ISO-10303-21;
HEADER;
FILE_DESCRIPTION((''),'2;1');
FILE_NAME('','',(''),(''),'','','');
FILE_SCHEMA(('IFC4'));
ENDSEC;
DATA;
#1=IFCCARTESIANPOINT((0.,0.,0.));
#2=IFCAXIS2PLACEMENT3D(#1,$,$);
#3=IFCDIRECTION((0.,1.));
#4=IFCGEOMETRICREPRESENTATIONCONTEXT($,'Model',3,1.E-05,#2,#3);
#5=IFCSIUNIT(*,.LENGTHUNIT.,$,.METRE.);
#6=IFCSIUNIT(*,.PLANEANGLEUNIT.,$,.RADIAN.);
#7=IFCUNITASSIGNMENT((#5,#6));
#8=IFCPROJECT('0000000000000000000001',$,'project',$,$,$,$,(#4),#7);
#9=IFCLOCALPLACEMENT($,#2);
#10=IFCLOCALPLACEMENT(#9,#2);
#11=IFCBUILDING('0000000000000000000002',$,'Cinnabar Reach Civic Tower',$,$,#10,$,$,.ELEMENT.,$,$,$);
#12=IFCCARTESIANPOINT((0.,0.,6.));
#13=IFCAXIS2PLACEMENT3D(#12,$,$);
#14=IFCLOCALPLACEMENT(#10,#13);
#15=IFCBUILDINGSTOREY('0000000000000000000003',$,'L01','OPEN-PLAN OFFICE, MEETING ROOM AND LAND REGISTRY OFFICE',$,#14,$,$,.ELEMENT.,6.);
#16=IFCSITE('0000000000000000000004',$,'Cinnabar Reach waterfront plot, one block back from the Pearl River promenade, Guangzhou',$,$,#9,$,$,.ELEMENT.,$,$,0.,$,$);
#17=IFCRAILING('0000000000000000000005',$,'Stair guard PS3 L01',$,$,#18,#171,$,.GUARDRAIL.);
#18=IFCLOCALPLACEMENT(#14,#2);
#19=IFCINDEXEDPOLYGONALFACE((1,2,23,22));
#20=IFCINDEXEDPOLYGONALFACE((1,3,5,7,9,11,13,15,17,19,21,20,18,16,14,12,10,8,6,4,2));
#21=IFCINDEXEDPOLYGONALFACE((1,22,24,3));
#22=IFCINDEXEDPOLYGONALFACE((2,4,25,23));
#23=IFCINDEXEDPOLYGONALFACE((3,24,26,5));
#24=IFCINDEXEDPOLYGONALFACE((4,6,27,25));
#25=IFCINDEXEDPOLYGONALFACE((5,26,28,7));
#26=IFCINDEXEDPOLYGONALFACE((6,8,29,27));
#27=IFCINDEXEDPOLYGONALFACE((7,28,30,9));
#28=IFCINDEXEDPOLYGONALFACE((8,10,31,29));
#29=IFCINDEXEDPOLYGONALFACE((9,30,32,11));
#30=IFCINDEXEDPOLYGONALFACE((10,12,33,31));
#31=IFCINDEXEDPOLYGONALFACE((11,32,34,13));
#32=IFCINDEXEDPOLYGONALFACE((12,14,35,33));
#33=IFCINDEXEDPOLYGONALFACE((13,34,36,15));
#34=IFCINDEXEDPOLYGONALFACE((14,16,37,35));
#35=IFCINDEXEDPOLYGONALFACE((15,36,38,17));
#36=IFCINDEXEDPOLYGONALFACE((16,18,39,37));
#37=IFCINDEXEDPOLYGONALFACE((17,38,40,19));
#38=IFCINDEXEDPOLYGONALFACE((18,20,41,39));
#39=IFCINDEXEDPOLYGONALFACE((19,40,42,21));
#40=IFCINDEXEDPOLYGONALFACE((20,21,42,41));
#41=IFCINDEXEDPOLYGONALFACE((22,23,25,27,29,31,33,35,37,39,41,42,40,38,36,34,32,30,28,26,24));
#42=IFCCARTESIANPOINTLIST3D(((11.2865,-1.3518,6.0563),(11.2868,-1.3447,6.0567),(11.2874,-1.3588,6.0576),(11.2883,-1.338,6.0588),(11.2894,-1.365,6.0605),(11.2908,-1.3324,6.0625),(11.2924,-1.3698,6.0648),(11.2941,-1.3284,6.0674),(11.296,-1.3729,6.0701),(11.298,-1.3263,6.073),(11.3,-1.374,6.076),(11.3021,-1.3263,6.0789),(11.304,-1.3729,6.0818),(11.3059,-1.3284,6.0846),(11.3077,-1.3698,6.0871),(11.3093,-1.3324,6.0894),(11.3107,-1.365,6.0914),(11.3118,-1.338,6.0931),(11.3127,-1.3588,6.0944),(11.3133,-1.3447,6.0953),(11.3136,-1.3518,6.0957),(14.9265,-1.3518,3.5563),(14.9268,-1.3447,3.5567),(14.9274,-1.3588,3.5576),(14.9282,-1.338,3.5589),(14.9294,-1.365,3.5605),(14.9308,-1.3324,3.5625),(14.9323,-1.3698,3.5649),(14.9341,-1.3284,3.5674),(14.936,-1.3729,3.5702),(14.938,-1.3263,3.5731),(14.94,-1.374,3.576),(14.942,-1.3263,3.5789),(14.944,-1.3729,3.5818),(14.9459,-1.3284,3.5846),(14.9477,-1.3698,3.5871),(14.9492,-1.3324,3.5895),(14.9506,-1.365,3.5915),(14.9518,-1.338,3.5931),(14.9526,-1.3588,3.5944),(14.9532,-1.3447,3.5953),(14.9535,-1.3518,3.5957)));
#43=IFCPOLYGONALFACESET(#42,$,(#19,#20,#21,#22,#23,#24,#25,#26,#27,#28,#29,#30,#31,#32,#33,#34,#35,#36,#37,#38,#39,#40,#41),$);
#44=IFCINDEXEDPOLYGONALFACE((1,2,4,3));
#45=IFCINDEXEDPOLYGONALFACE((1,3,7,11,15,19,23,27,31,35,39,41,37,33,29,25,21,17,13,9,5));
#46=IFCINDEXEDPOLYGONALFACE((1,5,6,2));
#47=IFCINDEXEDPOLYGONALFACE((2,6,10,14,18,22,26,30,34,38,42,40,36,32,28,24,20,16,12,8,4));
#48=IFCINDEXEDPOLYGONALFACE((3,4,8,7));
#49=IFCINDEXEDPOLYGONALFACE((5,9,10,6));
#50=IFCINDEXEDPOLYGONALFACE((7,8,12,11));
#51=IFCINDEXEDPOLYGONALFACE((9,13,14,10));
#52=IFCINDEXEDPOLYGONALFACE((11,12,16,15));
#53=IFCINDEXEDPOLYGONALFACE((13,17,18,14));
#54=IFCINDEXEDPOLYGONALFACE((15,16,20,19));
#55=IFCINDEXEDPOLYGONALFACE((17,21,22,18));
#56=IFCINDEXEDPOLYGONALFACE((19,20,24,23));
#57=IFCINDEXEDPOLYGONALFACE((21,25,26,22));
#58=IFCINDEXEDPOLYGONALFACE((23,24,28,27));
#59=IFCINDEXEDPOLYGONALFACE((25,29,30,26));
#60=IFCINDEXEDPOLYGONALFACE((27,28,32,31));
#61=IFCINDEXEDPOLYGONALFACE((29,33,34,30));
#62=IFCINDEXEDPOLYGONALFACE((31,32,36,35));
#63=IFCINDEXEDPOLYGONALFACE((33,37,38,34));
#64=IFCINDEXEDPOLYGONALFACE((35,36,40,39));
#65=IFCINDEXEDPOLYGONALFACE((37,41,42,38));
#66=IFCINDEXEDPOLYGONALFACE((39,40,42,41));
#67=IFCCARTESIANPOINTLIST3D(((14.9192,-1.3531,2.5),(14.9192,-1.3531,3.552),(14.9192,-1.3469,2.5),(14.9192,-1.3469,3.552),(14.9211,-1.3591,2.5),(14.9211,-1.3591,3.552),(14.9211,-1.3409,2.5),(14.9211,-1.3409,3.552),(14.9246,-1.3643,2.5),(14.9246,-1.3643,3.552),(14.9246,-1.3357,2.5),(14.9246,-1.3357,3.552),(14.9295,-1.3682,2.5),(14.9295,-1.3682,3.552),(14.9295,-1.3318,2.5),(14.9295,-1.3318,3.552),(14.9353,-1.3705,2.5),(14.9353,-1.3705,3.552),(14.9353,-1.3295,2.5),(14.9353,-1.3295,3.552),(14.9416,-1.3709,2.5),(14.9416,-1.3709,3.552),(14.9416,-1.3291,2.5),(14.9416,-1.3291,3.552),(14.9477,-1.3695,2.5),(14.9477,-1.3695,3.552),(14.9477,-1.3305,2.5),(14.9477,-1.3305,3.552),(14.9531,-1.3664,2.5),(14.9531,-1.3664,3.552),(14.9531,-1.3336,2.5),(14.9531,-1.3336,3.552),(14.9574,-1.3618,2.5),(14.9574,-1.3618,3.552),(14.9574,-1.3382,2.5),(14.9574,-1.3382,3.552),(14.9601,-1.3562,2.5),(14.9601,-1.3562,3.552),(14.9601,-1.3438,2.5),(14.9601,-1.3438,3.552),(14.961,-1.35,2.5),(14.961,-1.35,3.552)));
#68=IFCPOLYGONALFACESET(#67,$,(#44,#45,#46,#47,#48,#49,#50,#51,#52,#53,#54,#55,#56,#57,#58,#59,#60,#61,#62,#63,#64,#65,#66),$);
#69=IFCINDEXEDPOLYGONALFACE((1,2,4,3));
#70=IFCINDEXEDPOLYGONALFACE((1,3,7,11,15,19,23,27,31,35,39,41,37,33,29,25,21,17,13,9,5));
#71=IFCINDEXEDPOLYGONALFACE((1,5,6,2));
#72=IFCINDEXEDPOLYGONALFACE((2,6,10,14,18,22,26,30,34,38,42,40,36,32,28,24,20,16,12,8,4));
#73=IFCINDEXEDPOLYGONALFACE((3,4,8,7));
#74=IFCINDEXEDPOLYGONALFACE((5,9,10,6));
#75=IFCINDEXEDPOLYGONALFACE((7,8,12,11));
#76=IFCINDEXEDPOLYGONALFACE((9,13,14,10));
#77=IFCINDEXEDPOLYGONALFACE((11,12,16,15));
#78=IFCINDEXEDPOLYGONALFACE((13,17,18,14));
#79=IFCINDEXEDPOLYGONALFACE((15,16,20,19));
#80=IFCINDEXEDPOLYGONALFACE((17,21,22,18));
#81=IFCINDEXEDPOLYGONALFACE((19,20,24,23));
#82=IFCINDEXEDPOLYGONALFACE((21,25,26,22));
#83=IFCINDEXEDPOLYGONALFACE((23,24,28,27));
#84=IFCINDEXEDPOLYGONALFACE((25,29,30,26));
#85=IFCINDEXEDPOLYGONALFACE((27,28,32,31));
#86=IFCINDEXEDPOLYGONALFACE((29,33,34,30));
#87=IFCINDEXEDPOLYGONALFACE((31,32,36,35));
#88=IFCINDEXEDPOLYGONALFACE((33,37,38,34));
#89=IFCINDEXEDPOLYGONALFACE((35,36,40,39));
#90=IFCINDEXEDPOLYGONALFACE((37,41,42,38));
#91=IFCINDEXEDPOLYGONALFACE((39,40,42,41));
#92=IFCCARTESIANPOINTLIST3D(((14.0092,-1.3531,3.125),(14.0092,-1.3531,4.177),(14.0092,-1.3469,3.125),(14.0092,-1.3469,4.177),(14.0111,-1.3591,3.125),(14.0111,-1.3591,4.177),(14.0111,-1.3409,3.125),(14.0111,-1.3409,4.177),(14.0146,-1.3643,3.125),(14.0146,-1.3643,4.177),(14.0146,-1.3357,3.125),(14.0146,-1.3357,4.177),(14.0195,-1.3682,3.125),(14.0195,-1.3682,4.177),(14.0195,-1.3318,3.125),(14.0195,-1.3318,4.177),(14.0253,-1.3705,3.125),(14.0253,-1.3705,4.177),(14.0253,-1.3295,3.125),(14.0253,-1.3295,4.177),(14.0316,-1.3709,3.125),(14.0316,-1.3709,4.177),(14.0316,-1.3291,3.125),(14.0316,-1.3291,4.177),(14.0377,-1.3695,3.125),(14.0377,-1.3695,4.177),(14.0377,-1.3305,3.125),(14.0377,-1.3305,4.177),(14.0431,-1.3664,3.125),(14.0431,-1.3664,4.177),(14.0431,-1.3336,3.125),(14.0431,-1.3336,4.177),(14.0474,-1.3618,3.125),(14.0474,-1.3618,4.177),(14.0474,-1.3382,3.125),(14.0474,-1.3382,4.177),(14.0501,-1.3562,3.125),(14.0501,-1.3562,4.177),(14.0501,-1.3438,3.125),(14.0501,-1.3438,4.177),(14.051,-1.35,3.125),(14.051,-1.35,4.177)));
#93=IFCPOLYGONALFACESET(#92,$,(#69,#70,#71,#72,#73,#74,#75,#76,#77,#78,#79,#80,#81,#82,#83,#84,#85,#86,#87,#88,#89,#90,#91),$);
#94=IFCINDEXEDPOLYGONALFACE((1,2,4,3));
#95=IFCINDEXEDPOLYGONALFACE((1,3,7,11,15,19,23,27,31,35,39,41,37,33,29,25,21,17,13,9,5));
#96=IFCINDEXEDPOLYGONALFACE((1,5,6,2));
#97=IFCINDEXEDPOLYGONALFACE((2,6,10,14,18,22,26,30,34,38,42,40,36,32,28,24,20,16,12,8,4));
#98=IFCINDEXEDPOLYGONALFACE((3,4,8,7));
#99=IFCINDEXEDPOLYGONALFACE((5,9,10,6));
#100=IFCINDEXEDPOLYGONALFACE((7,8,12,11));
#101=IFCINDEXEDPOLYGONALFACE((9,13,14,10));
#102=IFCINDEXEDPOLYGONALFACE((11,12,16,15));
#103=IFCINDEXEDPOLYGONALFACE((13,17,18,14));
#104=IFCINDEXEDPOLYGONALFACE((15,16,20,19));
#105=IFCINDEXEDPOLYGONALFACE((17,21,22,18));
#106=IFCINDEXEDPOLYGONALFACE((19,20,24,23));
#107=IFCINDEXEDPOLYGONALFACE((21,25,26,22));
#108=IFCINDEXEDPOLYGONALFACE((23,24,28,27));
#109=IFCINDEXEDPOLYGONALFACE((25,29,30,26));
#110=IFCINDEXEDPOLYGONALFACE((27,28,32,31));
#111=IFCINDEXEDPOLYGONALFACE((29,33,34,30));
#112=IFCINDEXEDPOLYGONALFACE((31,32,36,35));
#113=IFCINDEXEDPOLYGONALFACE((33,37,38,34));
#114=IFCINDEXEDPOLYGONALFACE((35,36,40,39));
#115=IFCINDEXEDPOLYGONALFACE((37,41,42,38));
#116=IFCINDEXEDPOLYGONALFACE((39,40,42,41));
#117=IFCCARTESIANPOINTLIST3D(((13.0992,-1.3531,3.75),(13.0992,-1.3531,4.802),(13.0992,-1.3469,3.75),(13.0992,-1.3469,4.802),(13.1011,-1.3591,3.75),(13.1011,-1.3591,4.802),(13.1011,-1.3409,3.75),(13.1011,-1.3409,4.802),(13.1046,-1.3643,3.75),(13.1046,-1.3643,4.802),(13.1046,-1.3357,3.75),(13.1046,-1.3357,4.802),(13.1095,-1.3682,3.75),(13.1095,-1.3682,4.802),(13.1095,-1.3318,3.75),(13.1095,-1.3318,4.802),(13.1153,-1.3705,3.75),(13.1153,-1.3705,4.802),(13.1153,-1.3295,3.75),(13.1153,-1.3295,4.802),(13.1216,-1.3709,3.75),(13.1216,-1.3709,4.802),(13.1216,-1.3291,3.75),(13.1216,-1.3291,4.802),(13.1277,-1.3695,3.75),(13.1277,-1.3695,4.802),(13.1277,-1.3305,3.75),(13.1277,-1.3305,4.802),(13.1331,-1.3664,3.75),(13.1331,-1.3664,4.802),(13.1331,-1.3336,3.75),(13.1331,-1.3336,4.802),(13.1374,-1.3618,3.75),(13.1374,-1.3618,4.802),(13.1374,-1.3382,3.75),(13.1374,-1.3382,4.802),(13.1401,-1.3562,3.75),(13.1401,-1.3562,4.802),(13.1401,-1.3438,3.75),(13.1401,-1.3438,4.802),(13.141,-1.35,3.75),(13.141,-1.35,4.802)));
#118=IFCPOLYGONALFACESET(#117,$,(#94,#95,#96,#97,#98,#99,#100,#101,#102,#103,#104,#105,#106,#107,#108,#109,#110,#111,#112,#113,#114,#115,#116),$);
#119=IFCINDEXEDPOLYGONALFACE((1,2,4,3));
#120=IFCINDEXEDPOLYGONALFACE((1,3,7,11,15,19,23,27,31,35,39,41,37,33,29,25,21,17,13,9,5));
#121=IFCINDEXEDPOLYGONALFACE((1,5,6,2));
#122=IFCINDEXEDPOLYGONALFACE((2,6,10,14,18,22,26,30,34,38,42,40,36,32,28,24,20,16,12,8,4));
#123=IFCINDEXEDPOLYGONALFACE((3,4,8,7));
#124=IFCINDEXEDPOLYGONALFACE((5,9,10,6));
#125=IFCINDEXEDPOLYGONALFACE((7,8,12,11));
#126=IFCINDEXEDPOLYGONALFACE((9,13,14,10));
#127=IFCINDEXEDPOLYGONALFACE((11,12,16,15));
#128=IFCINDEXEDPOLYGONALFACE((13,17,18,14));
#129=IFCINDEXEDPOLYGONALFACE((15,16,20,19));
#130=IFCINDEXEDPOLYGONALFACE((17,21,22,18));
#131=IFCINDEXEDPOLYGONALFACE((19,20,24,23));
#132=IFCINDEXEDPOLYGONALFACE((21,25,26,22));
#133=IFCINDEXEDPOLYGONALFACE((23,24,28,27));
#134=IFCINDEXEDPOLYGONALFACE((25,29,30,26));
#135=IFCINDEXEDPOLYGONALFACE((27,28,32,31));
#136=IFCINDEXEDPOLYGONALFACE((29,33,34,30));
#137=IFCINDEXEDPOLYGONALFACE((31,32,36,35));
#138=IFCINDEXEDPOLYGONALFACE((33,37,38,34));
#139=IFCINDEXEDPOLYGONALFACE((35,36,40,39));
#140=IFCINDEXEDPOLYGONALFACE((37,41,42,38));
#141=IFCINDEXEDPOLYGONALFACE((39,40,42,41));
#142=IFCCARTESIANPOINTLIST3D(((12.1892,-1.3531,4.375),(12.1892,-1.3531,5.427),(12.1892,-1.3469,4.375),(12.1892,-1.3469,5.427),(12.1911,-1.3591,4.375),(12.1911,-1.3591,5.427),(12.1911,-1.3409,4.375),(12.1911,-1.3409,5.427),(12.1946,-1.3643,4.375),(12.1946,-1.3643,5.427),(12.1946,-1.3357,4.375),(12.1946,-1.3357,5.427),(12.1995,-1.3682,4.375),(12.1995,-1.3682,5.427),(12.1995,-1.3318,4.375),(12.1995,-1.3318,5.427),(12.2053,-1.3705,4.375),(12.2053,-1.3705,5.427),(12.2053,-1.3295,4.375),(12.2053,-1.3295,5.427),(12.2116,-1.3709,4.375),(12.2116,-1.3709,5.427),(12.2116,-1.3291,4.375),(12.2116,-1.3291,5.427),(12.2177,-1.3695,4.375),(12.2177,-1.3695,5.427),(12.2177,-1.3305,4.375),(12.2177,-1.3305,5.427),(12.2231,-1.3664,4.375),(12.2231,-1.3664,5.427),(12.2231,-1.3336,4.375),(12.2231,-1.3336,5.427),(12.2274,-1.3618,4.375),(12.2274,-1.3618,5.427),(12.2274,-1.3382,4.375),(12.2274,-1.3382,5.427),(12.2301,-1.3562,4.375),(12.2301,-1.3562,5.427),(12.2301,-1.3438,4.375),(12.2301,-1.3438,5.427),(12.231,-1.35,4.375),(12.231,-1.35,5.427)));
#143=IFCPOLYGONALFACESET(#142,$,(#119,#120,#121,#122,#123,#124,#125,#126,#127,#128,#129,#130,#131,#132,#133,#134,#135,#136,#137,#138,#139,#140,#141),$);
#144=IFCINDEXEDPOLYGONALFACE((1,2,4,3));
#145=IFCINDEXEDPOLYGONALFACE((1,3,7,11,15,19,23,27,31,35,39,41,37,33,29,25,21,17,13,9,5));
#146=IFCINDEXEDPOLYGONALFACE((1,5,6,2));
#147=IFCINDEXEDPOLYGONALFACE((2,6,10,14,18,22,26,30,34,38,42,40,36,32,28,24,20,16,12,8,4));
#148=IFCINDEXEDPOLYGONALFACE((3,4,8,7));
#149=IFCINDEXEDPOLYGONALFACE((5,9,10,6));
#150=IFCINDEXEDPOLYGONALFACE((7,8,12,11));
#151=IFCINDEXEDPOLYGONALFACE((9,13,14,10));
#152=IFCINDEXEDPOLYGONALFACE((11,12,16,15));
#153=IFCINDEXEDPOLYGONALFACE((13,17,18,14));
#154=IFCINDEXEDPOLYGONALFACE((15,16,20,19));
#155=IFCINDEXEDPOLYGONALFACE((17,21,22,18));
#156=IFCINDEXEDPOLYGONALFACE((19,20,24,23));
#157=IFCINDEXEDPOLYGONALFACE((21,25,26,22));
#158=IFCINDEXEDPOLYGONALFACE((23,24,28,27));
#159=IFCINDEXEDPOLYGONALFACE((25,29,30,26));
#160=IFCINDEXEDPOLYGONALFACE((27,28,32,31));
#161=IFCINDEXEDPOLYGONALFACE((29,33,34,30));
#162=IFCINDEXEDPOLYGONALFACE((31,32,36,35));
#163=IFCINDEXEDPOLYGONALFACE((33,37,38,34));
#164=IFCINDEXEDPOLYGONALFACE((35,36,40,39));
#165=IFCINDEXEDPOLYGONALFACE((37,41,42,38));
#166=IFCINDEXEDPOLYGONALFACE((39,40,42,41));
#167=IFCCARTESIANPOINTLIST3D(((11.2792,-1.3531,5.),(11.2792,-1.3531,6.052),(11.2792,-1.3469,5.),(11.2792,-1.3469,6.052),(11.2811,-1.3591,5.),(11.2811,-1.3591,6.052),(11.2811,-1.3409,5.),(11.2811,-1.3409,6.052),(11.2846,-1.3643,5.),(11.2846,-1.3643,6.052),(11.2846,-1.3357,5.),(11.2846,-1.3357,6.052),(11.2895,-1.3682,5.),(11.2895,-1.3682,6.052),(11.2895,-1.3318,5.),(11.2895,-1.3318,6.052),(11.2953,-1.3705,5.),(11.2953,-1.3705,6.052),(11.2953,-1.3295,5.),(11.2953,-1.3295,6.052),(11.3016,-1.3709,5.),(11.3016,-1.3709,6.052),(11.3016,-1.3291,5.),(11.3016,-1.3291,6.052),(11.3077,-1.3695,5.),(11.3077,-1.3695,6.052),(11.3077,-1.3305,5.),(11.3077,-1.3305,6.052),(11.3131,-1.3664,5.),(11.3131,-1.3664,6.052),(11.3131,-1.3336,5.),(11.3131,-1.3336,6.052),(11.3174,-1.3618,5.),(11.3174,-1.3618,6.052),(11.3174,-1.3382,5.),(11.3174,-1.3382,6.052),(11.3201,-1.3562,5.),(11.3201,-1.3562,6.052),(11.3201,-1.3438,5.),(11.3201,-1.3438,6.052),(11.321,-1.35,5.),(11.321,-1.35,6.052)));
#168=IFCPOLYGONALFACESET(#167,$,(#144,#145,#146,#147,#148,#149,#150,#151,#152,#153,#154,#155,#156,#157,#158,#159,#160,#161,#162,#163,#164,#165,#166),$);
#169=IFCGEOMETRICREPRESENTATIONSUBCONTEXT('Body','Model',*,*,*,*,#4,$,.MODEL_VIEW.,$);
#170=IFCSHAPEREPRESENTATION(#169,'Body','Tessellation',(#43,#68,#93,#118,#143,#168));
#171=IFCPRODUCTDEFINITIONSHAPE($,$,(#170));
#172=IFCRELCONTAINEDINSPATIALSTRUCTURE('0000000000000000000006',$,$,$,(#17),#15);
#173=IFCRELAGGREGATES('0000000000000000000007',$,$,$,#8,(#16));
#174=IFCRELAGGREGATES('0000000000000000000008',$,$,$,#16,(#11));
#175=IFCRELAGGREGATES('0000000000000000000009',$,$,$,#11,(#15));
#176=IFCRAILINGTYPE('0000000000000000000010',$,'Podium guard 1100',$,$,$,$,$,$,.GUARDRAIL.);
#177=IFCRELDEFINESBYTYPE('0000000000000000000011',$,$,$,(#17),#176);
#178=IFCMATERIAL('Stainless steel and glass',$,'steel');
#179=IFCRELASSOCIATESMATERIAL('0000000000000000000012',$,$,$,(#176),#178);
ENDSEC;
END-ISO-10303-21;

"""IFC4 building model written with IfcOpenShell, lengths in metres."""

from ifc_helpers import new_model, si_unit, direction, frame, origin, origin_2d, place, context, subcontext, project, spatial, circle, extrude, material, type_object, element, save


model = new_model("IFC4")

# Units and contexts
model_context = context("Model", 3, precision=1e-05, world=origin(), true_north=direction((0.0, 1.0)))
body_context = subcontext(model_context, "Body", "Model", "MODEL_VIEW")
ifc_project = project(units=[si_unit("LENGTHUNIT", "METRE"), si_unit("PLANEANGLEUNIT", "RADIAN")], contexts=[model_context])

# Site, building, storey
site_placement = place(None, origin())
site = spatial("IfcSite", under=ifc_project, at=site_placement, Name="Cinnabar Reach waterfront plot, one block back from the Pearl River promenade, Guangzhou", CompositionType="ELEMENT", RefElevation=0.0)
building_placement = place(site_placement, origin())
building = spatial("IfcBuilding", under=site, at=building_placement, Name="Cinnabar Reach Civic Tower", CompositionType="ELEMENT")
storey_placement = place(building_placement, frame((0.0, 0.0, 6.0)))
storey = spatial("IfcBuildingStorey", under=building, at=storey_placement, Name="L01", Description="OPEN-PLAN OFFICE, MEETING ROOM AND LAND REGISTRY OFFICE", CompositionType="ELEMENT", Elevation=6.0)

# Railing
ifc_material_1 = material(Name="Stainless steel and glass", Category="steel")
railing_type_1 = type_object("IfcRailingType", Name="Podium guard 1100", PredefinedType="GUARDRAIL", material=ifc_material_1)
railing_1_placement = place(storey_placement, frame((14.94, -1.35, 2.5)))
element("IfcRailing", 1, at=railing_1_placement, inside=storey, type_object=railing_type_1, Name="Stair guard PS3 L01", PredefinedType="GUARDRAIL", context=body_context, shape_type="SweptSolid", body=[
    extrude(circle(Radius=0.024, at=origin_2d()), frame((0.0, 0.0, 1.076), z_axis=(-0.824306, 0.0, 0.566144), x_axis=(0.0, -1.0, 0.0)), (0.0, 0.0, 1.0), 4.4158),
    extrude(circle(Radius=0.021, at=origin_2d()), origin(), (0.0, 0.0, 1.0), 1.052),
    extrude(circle(Radius=0.021, at=origin_2d()), frame((-0.91, 0.0, 0.625)), (0.0, 0.0, 1.0), 1.052),
    extrude(circle(Radius=0.021, at=origin_2d()), frame((-1.82, 0.0, 1.25)), (0.0, 0.0, 1.0), 1.052),
    extrude(circle(Radius=0.021, at=origin_2d()), frame((-2.73, 0.0, 1.875)), (0.0, 0.0, 1.0), 1.052),
    extrude(circle(Radius=0.021, at=origin_2d()), frame((-3.64, 0.0, 2.5)), (0.0, 0.0, 1.0), 1.052),
])

save(model, "model.ifc")
